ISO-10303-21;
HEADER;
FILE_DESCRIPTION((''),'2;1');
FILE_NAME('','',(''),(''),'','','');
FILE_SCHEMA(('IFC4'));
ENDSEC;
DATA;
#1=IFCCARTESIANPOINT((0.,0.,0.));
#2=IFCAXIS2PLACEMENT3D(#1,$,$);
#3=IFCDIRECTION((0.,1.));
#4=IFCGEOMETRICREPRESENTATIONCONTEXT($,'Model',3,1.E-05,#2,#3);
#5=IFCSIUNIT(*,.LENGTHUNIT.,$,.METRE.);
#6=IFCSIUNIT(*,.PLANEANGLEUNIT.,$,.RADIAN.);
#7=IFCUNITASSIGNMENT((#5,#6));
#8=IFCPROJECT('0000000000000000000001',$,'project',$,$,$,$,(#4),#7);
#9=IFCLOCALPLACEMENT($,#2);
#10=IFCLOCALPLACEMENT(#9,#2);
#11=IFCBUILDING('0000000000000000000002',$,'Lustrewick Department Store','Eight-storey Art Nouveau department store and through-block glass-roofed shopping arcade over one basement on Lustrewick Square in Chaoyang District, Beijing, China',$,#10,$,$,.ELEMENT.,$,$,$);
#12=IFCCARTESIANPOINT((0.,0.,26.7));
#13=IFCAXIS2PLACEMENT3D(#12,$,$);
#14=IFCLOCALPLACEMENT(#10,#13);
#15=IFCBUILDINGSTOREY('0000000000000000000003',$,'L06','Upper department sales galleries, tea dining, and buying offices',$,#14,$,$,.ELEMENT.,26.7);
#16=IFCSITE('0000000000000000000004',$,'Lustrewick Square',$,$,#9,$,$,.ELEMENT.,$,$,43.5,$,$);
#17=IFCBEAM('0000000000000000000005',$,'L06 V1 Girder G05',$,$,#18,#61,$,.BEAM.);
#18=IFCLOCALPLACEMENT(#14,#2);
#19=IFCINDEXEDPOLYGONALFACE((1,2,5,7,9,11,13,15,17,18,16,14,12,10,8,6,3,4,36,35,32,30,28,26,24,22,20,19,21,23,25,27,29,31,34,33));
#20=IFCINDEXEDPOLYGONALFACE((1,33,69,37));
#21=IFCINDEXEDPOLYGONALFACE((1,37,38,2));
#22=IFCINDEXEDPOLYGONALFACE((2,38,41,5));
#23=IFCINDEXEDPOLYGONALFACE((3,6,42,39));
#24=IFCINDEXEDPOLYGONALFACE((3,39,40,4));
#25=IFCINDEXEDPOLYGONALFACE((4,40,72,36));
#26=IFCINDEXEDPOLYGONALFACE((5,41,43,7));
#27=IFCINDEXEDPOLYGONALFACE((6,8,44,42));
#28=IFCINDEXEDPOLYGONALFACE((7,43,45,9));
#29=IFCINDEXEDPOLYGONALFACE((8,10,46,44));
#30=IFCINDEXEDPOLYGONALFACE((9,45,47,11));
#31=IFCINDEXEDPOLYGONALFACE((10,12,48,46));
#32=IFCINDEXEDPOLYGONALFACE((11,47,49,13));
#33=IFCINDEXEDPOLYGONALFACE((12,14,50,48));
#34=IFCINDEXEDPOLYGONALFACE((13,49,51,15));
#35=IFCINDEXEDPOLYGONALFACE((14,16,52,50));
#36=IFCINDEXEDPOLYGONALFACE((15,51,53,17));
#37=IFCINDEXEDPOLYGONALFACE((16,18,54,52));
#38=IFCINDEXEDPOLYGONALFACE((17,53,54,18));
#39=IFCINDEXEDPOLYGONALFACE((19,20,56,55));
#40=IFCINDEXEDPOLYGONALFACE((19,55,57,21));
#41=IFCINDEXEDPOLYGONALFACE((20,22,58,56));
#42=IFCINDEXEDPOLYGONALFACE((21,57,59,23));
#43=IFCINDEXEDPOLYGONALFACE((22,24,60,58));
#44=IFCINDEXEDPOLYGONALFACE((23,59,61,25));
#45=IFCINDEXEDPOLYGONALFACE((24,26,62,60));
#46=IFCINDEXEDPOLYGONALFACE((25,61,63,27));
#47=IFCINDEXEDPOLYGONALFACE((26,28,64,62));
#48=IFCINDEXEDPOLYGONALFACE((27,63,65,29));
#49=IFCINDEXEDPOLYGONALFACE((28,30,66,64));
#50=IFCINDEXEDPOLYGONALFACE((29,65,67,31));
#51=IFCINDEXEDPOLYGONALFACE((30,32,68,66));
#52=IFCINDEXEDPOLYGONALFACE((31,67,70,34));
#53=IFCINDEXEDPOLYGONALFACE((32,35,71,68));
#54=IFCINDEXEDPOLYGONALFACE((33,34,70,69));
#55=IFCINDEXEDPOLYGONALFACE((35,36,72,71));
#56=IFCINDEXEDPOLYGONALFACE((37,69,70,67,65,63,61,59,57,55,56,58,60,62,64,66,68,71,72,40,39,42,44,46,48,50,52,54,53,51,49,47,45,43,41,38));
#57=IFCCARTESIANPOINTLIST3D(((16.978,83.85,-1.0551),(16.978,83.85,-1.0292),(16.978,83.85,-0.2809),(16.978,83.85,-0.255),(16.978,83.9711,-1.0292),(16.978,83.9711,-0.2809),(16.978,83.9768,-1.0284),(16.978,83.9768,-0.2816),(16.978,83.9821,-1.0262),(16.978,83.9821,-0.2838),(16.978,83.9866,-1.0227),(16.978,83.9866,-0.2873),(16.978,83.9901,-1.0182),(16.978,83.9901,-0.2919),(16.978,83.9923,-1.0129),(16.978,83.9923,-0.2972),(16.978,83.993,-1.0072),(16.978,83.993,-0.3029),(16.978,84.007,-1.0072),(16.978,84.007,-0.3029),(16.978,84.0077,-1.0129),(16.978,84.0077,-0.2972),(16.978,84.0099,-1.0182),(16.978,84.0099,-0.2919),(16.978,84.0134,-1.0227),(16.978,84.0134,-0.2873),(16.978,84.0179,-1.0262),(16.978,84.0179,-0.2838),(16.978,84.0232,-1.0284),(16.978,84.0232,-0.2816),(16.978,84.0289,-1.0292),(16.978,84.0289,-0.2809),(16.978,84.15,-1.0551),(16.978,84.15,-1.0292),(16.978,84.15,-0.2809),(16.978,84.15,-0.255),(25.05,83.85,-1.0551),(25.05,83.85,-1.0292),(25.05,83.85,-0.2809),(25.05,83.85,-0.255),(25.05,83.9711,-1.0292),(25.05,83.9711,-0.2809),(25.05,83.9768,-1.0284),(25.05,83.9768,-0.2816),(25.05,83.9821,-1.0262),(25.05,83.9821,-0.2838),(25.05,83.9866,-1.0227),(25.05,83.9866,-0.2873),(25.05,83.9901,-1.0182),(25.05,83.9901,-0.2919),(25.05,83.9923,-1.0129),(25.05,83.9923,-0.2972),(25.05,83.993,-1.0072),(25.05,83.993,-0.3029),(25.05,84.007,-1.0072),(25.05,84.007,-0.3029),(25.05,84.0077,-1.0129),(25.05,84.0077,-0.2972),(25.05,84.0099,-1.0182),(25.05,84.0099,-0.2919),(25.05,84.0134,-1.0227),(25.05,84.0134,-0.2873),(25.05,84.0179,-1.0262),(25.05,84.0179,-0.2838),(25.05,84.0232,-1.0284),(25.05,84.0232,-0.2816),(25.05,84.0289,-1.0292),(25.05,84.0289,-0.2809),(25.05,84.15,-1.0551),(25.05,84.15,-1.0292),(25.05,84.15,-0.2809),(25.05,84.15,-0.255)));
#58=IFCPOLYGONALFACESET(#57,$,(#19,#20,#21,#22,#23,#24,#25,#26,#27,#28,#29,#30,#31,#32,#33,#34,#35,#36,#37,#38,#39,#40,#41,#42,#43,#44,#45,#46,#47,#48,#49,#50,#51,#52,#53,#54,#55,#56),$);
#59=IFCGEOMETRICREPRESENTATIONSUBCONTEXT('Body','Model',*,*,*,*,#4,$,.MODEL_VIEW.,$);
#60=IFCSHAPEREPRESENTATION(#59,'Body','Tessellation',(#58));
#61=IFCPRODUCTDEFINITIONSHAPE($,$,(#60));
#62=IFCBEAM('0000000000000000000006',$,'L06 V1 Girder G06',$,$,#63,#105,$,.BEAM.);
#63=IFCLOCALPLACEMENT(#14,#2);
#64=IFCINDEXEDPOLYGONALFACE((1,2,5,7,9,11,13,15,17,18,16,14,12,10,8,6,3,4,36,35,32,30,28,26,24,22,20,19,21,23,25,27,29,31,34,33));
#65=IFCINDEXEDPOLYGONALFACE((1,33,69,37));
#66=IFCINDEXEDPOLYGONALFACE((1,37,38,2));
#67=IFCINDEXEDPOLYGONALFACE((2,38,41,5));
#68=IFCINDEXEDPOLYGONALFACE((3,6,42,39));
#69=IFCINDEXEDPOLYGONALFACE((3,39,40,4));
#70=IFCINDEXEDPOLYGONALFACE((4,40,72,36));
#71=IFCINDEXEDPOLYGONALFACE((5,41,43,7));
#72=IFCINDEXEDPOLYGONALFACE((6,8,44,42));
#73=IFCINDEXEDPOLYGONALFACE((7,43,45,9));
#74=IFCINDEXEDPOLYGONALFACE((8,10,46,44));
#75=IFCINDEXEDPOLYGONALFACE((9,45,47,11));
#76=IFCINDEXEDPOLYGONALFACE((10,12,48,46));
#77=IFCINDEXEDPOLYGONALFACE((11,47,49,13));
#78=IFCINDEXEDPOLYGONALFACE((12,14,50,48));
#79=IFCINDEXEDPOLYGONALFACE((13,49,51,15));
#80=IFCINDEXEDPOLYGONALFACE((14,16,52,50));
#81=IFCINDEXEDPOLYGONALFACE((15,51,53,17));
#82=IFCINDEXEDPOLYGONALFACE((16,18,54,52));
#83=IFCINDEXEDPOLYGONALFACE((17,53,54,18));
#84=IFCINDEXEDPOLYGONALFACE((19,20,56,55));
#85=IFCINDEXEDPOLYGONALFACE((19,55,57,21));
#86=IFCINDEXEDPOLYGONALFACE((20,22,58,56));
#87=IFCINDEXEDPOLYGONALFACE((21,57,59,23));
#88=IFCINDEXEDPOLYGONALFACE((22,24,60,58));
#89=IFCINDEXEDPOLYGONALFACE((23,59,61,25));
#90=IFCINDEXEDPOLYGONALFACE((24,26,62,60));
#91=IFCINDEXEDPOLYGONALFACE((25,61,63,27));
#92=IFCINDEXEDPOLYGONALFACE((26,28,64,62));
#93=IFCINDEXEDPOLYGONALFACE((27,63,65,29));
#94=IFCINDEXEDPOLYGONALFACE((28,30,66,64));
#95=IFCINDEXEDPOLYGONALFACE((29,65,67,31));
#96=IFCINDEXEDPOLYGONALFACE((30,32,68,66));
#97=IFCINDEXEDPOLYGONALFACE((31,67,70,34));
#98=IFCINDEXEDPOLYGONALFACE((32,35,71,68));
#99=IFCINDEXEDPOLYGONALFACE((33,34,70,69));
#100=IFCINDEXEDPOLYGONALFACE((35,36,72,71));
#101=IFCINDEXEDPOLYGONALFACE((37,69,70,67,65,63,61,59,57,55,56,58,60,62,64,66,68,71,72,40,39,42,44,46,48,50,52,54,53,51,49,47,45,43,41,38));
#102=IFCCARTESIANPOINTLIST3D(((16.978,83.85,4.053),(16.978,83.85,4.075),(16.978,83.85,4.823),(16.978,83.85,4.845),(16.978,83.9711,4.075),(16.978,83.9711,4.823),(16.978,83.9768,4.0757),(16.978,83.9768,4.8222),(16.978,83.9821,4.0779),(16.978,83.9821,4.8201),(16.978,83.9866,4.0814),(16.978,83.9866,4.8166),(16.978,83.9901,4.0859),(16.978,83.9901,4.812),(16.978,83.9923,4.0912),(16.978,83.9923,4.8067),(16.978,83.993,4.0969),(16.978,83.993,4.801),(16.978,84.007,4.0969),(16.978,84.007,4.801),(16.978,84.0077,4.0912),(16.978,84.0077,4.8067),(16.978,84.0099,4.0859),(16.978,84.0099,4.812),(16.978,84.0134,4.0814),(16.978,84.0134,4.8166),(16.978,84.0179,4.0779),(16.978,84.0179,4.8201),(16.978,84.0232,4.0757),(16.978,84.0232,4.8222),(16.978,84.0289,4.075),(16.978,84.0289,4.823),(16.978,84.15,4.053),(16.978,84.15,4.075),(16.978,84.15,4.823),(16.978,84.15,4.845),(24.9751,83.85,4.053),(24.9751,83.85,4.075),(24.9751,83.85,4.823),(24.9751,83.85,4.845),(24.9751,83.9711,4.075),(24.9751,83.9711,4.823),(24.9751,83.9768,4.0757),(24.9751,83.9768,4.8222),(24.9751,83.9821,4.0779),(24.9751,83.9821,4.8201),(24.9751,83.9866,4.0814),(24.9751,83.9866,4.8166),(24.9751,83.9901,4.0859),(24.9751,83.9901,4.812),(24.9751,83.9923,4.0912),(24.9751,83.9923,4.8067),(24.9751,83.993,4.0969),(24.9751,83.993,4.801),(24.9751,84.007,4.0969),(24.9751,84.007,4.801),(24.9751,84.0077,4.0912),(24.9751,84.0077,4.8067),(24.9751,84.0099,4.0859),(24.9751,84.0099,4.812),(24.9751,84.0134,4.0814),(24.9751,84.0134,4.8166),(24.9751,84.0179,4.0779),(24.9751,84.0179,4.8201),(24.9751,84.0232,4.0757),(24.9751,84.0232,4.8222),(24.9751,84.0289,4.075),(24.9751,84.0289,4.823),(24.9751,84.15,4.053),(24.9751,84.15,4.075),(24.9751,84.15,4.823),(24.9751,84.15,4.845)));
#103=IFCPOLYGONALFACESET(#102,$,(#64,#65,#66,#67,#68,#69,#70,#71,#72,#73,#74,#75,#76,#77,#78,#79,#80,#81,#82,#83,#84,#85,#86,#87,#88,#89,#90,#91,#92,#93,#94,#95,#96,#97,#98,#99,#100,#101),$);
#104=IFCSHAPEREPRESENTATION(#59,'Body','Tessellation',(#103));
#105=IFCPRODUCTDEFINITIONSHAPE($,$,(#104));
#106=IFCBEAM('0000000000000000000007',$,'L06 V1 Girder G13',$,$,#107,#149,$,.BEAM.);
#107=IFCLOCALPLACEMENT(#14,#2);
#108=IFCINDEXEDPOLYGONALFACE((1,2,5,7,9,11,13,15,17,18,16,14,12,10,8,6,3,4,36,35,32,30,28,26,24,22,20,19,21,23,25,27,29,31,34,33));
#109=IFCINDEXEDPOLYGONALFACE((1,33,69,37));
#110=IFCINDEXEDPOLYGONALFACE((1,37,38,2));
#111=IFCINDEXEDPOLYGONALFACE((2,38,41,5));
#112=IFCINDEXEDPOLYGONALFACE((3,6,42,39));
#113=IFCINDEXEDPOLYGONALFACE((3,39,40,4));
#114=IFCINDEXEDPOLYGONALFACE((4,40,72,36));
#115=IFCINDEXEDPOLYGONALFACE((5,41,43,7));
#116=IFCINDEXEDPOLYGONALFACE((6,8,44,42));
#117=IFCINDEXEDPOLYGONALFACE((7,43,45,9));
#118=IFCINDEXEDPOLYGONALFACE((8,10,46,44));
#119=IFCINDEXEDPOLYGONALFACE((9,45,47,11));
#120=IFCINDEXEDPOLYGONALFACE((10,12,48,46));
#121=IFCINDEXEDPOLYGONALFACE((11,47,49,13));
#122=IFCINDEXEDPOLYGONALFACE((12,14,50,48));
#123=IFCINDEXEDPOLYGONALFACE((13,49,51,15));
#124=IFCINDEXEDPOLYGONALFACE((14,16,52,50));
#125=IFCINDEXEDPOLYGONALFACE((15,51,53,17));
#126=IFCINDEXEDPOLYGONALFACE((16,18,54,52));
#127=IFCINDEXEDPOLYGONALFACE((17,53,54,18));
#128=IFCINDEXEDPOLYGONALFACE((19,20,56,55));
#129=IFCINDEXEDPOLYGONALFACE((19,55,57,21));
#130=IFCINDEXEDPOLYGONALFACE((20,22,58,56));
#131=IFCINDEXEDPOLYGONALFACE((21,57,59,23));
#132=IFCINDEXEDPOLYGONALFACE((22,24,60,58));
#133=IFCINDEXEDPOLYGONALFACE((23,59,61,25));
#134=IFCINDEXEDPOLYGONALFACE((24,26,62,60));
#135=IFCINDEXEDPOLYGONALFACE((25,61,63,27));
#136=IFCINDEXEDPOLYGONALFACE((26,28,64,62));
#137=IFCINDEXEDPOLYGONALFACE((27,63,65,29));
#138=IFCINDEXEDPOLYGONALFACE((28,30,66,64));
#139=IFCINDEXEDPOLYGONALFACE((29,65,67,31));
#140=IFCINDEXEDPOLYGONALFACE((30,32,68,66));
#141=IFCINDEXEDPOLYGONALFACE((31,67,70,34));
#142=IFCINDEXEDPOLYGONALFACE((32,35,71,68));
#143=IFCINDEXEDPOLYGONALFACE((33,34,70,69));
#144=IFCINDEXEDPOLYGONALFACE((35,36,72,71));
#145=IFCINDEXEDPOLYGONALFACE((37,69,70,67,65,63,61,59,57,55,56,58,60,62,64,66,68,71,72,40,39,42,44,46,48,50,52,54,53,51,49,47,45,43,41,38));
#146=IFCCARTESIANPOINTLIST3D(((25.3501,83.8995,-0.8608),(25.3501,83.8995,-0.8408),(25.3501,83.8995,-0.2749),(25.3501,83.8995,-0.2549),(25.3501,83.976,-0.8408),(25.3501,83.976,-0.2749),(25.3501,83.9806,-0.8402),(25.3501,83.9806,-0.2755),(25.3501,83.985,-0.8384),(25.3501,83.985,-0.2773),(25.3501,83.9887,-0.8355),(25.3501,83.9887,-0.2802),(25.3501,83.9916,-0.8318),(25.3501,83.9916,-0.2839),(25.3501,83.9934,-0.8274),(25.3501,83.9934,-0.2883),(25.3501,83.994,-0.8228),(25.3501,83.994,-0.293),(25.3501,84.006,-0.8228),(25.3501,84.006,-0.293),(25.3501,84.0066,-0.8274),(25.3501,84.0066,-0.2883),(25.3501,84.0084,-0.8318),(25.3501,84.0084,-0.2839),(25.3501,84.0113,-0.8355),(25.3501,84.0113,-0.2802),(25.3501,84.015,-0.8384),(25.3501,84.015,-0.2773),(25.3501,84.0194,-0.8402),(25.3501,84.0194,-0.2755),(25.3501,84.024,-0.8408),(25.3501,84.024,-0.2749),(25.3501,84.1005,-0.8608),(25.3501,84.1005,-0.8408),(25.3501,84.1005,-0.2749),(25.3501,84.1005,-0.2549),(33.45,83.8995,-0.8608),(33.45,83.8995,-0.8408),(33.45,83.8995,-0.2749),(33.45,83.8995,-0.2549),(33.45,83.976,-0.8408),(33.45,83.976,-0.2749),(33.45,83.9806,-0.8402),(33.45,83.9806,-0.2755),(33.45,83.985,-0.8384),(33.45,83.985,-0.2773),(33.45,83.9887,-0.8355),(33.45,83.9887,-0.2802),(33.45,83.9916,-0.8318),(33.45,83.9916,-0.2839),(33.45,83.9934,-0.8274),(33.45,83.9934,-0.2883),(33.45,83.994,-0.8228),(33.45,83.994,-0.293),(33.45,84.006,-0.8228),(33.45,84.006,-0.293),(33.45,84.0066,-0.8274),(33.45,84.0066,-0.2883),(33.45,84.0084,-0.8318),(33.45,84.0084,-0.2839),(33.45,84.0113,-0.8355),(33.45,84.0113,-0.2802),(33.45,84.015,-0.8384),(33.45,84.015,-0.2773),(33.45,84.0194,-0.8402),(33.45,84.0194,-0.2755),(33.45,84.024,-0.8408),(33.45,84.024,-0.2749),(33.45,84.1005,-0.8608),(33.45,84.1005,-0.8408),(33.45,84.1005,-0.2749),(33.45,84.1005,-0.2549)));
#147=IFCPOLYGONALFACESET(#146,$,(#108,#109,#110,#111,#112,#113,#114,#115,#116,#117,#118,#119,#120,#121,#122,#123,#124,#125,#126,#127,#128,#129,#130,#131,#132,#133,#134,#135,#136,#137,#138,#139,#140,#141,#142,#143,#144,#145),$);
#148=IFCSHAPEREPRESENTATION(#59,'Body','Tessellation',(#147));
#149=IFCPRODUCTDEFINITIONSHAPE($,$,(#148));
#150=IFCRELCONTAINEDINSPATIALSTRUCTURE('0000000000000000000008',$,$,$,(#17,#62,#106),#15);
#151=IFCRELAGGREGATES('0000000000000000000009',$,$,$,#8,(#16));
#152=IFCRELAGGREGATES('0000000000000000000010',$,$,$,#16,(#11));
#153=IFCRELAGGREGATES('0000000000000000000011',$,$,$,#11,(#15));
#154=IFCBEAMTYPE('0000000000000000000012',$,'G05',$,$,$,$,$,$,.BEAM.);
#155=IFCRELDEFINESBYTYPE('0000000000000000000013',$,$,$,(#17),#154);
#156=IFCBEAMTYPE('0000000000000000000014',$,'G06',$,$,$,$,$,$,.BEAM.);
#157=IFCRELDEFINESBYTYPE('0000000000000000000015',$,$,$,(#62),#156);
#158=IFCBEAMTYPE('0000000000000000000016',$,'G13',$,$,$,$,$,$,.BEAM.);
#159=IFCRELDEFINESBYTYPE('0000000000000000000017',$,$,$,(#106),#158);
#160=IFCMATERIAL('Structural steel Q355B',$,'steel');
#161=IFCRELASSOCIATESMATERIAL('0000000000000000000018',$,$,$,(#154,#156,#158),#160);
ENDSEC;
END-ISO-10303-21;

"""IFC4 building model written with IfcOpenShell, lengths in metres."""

from ifc_helpers import new_model, si_unit, direction, frame, origin, origin_2d, place, context, subcontext, project, spatial, i_section, extrude, material, material_profile, profile_set, type_object, element, save


model = new_model("IFC4")

# Units and contexts
model_context = context("Model", 3, precision=1e-05, world=origin(), true_north=direction((0.0, 1.0)))
body_context = subcontext(model_context, "Body", "Model", "MODEL_VIEW")
ifc_project = project(units=[si_unit("LENGTHUNIT", "METRE"), si_unit("PLANEANGLEUNIT", "RADIAN")], contexts=[model_context])

# Site, building, storey
site_placement = place(None, origin())
site = spatial("IfcSite", under=ifc_project, at=site_placement, Name="Lustrewick Square", CompositionType="ELEMENT", RefElevation=43.5)
building_placement = place(site_placement, origin())
building = spatial("IfcBuilding", under=site, at=building_placement, Name="Lustrewick Department Store", Description="Eight-storey Art Nouveau department store and through-block glass-roofed shopping arcade over one basement on Lustrewick Square in Chaoyang District, Beijing, China", CompositionType="ELEMENT")
storey_placement = place(building_placement, frame((0.0, 0.0, 26.7)))
storey = spatial("IfcBuildingStorey", under=building, at=storey_placement, Name="L06", Description="Upper department sales galleries, tea dining, and buying offices", CompositionType="ELEMENT", Elevation=26.7)

# Shared definitions
ifc_material_1 = material(Name="Structural steel Q355B", Category="steel")

# Beams
ifc_material_profile_1 = material_profile(ifc_material_1, i_section(OverallWidth=0.3, OverallDepth=0.8, WebThickness=0.0139, FlangeThickness=0.0259, FilletRadius=0.022, at=origin_2d()), Name="HN 800x300x14x26")
ifc_profile_set_1 = profile_set([ifc_material_profile_1], Name="Structural steel Q355B")
beam_type_1 = type_object("IfcBeamType", Name="G05", PredefinedType="BEAM", material=ifc_profile_set_1)
beam_1_placement = place(storey_placement, frame((16.978, 84.0, -0.655), z_axis=(1.0, 0.0, 0.0), x_axis=(0.0, 1.0, 0.0)))
element("IfcBeam", 1, at=beam_1_placement, inside=storey, type_object=beam_type_1, Name="L06 V1 Girder G05", PredefinedType="BEAM", context=body_context, shape_type="SweptSolid", body=[
    extrude(i_section(OverallWidth=0.3, OverallDepth=0.8, WebThickness=0.0139, FlangeThickness=0.0259, FilletRadius=0.022, at=origin_2d()), origin(), (0.0, 0.0, 1.0), 8.072),
])
ifc_material_profile_2 = material_profile(ifc_material_1, i_section(OverallWidth=0.3, OverallDepth=0.792, WebThickness=0.0139, FlangeThickness=0.022, FilletRadius=0.022, at=origin_2d()), Name="HN 792x300x14x22")
ifc_profile_set_2 = profile_set([ifc_material_profile_2], Name="Structural steel Q355B")
beam_type_2 = type_object("IfcBeamType", Name="G06", PredefinedType="BEAM", material=ifc_profile_set_2)
beam_2_placement = place(storey_placement, frame((16.978, 84.0, 4.449), z_axis=(1.0, 0.0, 0.0), x_axis=(0.0, 1.0, 0.0)))
element("IfcBeam", 2, at=beam_2_placement, inside=storey, type_object=beam_type_2, Name="L06 V1 Girder G06", PredefinedType="BEAM", context=body_context, shape_type="SweptSolid", body=[
    extrude(i_section(OverallWidth=0.3, OverallDepth=0.792, WebThickness=0.0139, FlangeThickness=0.022, FilletRadius=0.022, at=origin_2d()), origin(), (0.0, 0.0, 1.0), 7.9971),
])
ifc_material_profile_3 = material_profile(ifc_material_1, i_section(OverallWidth=0.2009, OverallDepth=0.606, WebThickness=0.012, FlangeThickness=0.02, FilletRadius=0.0181, at=origin_2d()), Name="HN 606x201x12x20")
ifc_profile_set_3 = profile_set([ifc_material_profile_3], Name="Structural steel Q355B")
beam_type_3 = type_object("IfcBeamType", Name="G13", PredefinedType="BEAM", material=ifc_profile_set_3)
beam_3_placement = place(storey_placement, frame((25.3501, 84.0, -0.5579), z_axis=(1.0, 0.0, 0.0), x_axis=(0.0, 1.0, 0.0)))
element("IfcBeam", 3, at=beam_3_placement, inside=storey, type_object=beam_type_3, Name="L06 V1 Girder G13", PredefinedType="BEAM", context=body_context, shape_type="SweptSolid", body=[
    extrude(i_section(OverallWidth=0.2009, OverallDepth=0.606, WebThickness=0.012, FlangeThickness=0.02, FilletRadius=0.0181, at=origin_2d()), origin(), (0.0, 0.0, 1.0), 8.0999),
])

save(model, "model.ifc")
